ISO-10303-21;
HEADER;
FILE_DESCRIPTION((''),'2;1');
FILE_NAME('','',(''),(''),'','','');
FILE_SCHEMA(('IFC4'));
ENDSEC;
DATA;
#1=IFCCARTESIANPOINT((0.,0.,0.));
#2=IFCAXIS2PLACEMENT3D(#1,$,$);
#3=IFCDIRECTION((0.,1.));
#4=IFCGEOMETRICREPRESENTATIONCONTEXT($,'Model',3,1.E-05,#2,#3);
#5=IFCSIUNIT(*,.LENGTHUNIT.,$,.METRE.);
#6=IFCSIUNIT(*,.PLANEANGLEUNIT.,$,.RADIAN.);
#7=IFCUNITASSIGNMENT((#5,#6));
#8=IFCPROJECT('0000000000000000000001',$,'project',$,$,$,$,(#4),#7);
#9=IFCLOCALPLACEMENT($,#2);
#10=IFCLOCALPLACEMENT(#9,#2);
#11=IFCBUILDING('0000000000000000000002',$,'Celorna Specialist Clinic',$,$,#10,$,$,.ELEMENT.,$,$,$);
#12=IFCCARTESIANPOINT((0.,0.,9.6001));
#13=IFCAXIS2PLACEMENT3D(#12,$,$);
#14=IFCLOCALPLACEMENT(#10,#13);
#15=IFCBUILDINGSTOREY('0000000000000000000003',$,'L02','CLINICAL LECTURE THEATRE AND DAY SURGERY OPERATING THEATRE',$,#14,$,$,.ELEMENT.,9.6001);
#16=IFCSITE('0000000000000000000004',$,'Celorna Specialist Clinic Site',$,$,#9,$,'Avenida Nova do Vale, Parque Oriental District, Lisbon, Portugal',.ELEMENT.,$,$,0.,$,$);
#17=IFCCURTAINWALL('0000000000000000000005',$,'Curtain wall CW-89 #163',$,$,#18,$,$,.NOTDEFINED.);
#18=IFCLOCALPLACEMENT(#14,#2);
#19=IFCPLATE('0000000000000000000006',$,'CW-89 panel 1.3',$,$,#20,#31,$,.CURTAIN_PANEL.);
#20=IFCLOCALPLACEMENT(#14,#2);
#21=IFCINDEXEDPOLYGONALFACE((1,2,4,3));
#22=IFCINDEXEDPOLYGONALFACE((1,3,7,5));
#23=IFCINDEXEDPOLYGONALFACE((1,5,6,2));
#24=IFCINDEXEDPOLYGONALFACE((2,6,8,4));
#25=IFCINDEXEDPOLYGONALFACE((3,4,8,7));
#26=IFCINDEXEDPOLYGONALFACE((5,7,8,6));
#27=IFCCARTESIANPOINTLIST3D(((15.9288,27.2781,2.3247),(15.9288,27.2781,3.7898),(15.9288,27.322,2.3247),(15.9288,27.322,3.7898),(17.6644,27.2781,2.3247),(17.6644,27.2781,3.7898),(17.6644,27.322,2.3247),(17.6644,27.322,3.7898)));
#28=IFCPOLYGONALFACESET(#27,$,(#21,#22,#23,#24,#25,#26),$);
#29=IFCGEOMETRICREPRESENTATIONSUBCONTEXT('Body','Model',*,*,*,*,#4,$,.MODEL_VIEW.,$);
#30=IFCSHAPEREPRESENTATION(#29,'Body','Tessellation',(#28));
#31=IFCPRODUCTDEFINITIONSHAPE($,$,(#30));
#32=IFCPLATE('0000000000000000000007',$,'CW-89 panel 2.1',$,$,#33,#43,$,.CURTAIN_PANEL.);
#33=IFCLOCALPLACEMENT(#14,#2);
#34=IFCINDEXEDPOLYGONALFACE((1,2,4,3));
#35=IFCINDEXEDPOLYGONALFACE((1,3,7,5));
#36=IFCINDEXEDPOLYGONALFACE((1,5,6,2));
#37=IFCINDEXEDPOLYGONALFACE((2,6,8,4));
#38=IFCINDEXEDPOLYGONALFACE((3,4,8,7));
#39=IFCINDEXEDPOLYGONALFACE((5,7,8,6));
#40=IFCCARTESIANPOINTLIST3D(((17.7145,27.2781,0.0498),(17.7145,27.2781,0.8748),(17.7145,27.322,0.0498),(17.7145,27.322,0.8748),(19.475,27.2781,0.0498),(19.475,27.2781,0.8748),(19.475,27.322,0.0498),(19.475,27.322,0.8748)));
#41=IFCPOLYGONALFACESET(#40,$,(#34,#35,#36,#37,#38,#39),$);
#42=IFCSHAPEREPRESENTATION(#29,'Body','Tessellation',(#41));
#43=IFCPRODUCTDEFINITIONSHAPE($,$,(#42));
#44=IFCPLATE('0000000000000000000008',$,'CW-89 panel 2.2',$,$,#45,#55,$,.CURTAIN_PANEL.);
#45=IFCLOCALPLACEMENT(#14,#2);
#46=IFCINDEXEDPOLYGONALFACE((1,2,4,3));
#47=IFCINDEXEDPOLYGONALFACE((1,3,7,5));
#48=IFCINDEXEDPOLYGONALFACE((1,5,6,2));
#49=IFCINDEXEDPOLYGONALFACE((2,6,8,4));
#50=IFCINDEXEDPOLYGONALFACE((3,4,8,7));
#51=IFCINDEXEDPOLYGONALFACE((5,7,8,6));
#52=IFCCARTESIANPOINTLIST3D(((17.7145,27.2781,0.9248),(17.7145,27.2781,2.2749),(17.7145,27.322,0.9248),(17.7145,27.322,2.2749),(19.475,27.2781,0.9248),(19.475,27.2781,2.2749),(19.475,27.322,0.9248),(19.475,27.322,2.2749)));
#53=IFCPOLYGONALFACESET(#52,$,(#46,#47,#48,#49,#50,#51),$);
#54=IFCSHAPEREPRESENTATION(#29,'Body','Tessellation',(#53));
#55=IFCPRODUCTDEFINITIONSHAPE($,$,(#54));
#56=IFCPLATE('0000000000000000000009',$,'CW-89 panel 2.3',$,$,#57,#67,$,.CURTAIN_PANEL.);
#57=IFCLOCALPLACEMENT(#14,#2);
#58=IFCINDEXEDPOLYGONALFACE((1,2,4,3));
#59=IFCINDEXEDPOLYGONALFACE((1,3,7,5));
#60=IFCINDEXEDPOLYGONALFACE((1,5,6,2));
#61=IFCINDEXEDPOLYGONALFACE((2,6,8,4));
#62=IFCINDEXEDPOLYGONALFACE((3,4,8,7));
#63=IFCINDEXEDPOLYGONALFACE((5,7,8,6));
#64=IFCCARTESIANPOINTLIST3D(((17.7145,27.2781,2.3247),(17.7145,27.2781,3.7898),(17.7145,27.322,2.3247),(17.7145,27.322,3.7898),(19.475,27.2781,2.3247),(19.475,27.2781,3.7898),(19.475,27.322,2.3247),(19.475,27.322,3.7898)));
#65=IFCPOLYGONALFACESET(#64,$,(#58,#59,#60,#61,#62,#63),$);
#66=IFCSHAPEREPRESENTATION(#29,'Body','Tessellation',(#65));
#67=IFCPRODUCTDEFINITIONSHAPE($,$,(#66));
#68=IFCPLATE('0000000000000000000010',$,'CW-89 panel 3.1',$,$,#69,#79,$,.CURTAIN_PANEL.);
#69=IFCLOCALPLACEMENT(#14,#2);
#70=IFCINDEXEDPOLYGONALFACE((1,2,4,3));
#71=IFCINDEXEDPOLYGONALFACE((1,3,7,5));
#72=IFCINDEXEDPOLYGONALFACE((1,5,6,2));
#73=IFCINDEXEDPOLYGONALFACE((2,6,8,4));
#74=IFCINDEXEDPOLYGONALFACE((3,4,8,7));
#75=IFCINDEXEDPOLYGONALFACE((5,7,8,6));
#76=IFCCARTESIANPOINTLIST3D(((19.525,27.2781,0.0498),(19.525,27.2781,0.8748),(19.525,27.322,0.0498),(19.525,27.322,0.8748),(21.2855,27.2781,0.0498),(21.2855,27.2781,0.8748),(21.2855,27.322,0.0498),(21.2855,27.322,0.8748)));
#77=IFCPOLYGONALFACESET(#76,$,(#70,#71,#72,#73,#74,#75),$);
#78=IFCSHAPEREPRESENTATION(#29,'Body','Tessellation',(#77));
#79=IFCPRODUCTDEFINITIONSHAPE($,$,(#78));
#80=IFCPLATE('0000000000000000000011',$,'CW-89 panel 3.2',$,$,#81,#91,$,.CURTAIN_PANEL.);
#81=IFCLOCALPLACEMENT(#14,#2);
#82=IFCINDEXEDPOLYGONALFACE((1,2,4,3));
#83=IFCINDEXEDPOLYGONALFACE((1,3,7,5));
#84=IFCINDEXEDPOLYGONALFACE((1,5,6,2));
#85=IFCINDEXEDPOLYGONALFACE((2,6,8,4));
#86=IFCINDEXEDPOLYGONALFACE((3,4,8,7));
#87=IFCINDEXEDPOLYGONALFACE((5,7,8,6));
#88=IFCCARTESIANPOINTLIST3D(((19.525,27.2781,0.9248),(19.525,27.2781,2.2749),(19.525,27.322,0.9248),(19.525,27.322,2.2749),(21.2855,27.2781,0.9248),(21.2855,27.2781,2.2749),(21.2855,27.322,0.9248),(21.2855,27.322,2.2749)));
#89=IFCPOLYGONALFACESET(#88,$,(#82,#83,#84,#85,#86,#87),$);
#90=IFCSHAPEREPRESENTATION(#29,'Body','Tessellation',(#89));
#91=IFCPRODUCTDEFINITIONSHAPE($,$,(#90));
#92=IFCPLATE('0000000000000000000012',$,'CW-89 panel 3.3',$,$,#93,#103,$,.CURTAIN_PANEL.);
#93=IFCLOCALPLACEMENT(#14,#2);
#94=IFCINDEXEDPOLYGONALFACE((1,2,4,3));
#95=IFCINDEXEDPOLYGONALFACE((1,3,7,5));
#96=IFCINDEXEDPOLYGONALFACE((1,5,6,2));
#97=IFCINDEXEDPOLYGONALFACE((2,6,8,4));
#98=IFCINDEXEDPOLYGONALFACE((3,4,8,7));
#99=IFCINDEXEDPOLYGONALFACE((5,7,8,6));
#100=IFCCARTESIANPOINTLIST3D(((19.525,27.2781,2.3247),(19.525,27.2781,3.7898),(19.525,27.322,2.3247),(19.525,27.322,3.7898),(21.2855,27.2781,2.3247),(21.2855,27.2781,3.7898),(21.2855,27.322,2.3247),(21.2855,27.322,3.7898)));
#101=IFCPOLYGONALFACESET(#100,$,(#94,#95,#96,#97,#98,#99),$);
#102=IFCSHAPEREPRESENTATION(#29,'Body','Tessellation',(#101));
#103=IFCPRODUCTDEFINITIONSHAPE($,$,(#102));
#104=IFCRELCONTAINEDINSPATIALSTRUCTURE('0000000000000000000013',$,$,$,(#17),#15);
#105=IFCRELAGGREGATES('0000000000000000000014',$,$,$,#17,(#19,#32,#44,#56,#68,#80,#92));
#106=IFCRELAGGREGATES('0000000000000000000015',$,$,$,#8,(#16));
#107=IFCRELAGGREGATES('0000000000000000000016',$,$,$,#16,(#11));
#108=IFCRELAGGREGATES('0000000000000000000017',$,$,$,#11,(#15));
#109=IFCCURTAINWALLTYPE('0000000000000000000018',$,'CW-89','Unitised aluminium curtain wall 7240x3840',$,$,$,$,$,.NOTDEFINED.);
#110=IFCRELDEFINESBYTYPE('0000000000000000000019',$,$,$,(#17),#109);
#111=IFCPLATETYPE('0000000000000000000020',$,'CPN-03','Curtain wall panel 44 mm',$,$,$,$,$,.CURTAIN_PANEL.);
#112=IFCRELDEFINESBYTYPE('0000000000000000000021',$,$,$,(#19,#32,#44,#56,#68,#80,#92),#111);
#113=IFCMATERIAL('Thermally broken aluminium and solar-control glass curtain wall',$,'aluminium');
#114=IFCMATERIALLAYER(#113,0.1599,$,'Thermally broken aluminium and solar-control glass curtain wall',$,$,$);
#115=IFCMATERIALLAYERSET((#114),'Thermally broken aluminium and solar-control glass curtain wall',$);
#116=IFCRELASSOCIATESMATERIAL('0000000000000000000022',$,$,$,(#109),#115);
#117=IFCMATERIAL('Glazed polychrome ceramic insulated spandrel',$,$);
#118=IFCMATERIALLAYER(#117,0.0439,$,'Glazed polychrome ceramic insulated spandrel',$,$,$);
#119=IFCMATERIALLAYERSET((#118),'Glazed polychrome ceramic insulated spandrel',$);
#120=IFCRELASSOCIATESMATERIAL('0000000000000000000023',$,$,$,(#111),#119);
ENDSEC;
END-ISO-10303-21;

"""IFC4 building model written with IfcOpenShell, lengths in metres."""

from ifc_helpers import new_model, si_unit, direction, frame, origin, origin_2d, place, context, subcontext, project, spatial, rectangle, extrude, material, layer, layer_set, type_object, element, aggregate, save


model = new_model("IFC4")

# Units and contexts
model_context = context("Model", 3, precision=1e-05, world=origin(), true_north=direction((0.0, 1.0)))
body_context = subcontext(model_context, "Body", "Model", "MODEL_VIEW")
ifc_project = project(units=[si_unit("LENGTHUNIT", "METRE"), si_unit("PLANEANGLEUNIT", "RADIAN")], contexts=[model_context])

# Site, building, storey
site_placement = place(None, origin())
site = spatial("IfcSite", under=ifc_project, at=site_placement, Name="Celorna Specialist Clinic Site", LongName="Avenida Nova do Vale, Parque Oriental District, Lisbon, Portugal", CompositionType="ELEMENT", RefElevation=0.0)
building_placement = place(site_placement, origin())
building = spatial("IfcBuilding", under=site, at=building_placement, Name="Celorna Specialist Clinic", CompositionType="ELEMENT")
storey_placement = place(building_placement, frame((0.0, 0.0, 9.6001)))
storey = spatial("IfcBuildingStorey", under=building, at=storey_placement, Name="L02", Description="CLINICAL LECTURE THEATRE AND DAY SURGERY OPERATING THEATRE", CompositionType="ELEMENT", Elevation=9.6001)

# Shared definitions
ifc_material_1 = material(Name="Thermally broken aluminium and solar-control glass curtain wall", Category="aluminium")

# Curtain wall
ifc_layer_1 = layer(ifc_material_1, 0.1599, Name="Thermally broken aluminium and solar-control glass curtain wall")
ifc_layer_set_1 = layer_set([ifc_layer_1], Name="Thermally broken aluminium and solar-control glass curtain wall")
curtain_wall_type_1 = type_object("IfcCurtainWallType", Name="CW-89", Description="Unitised aluminium curtain wall 7240x3840", PredefinedType="NOTDEFINED", material=ifc_layer_set_1)
curtain_wall_1_placement = place(storey_placement, origin())
curtain_wall_1 = element("IfcCurtainWall", 1, at=curtain_wall_1_placement, inside=storey, type_object=curtain_wall_type_1, Name="Curtain wall CW-89 #163", PredefinedType="NOTDEFINED")

# Plates
ifc_material_2 = material(Name="Glazed polychrome ceramic insulated spandrel")
ifc_layer_2 = layer(ifc_material_2, 0.0439, Name="Glazed polychrome ceramic insulated spandrel")
ifc_layer_set_2 = layer_set([ifc_layer_2], Name="Glazed polychrome ceramic insulated spandrel")
plate_type_1 = type_object("IfcPlateType", Name="CPN-03", Description="Curtain wall panel 44 mm", PredefinedType="CURTAIN_PANEL", material=ifc_layer_set_2)
plate_1_placement = place(storey_placement, frame((16.7966, 27.3, 2.3247), z_axis=(0.0, 0.0, 1.0), x_axis=(1.0, 0.0, 0.0)))
plate_1 = element("IfcPlate", 2, at=plate_1_placement, type_object=plate_type_1, Name="CW-89 panel 1.3", PredefinedType="CURTAIN_PANEL", context=body_context, shape_type="SweptSolid", body=[
    extrude(rectangle(XDim=1.7356, YDim=0.0439, at=origin_2d()), origin(), (0.0, 0.0, 1.0), 1.4651),
])
plate_2_placement = place(storey_placement, frame((18.5947, 27.3, 0.0498), z_axis=(0.0, 0.0, 1.0), x_axis=(1.0, 0.0, 0.0)))
plate_2 = element("IfcPlate", 3, at=plate_2_placement, type_object=plate_type_1, Name="CW-89 panel 2.1", PredefinedType="CURTAIN_PANEL", context=body_context, shape_type="SweptSolid", body=[
    extrude(rectangle(XDim=1.7605, YDim=0.0439, at=origin_2d()), origin(), (0.0, 0.0, 1.0), 0.825),
])
plate_3_placement = place(storey_placement, frame((18.5947, 27.3, 0.9248), z_axis=(0.0, 0.0, 1.0), x_axis=(1.0, 0.0, 0.0)))
plate_3 = element("IfcPlate", 4, at=plate_3_placement, type_object=plate_type_1, Name="CW-89 panel 2.2", PredefinedType="CURTAIN_PANEL", context=body_context, shape_type="SweptSolid", body=[
    extrude(rectangle(XDim=1.7605, YDim=0.0439, at=origin_2d()), origin(), (0.0, 0.0, 1.0), 1.3501),
])
plate_4_placement = place(storey_placement, frame((18.5947, 27.3, 2.3247), z_axis=(0.0, 0.0, 1.0), x_axis=(1.0, 0.0, 0.0)))
plate_4 = element("IfcPlate", 5, at=plate_4_placement, type_object=plate_type_1, Name="CW-89 panel 2.3", PredefinedType="CURTAIN_PANEL", context=body_context, shape_type="SweptSolid", body=[
    extrude(rectangle(XDim=1.7605, YDim=0.0439, at=origin_2d()), origin(), (0.0, 0.0, 1.0), 1.4651),
])
plate_5_placement = place(storey_placement, frame((20.4053, 27.3, 0.0498), z_axis=(0.0, 0.0, 1.0), x_axis=(1.0, 0.0, 0.0)))
plate_5 = element("IfcPlate", 6, at=plate_5_placement, type_object=plate_type_1, Name="CW-89 panel 3.1", PredefinedType="CURTAIN_PANEL", context=body_context, shape_type="SweptSolid", body=[
    extrude(rectangle(XDim=1.7605, YDim=0.0439, at=origin_2d()), origin(), (0.0, 0.0, 1.0), 0.825),
])
plate_6_placement = place(storey_placement, frame((20.4053, 27.3, 0.9248), z_axis=(0.0, 0.0, 1.0), x_axis=(1.0, 0.0, 0.0)))
plate_6 = element("IfcPlate", 7, at=plate_6_placement, type_object=plate_type_1, Name="CW-89 panel 3.2", PredefinedType="CURTAIN_PANEL", context=body_context, shape_type="SweptSolid", body=[
    extrude(rectangle(XDim=1.7605, YDim=0.0439, at=origin_2d()), origin(), (0.0, 0.0, 1.0), 1.3501),
])
plate_7_placement = place(storey_placement, frame((20.4053, 27.3, 2.3247), z_axis=(0.0, 0.0, 1.0), x_axis=(1.0, 0.0, 0.0)))
plate_7 = element("IfcPlate", 8, at=plate_7_placement, type_object=plate_type_1, Name="CW-89 panel 3.3", PredefinedType="CURTAIN_PANEL", context=body_context, shape_type="SweptSolid", body=[
    extrude(rectangle(XDim=1.7605, YDim=0.0439, at=origin_2d()), origin(), (0.0, 0.0, 1.0), 1.4651),
])
aggregate(curtain_wall_1, [plate_1, plate_2, plate_3, plate_4, plate_5, plate_6, plate_7])

save(model, "model.ifc")
